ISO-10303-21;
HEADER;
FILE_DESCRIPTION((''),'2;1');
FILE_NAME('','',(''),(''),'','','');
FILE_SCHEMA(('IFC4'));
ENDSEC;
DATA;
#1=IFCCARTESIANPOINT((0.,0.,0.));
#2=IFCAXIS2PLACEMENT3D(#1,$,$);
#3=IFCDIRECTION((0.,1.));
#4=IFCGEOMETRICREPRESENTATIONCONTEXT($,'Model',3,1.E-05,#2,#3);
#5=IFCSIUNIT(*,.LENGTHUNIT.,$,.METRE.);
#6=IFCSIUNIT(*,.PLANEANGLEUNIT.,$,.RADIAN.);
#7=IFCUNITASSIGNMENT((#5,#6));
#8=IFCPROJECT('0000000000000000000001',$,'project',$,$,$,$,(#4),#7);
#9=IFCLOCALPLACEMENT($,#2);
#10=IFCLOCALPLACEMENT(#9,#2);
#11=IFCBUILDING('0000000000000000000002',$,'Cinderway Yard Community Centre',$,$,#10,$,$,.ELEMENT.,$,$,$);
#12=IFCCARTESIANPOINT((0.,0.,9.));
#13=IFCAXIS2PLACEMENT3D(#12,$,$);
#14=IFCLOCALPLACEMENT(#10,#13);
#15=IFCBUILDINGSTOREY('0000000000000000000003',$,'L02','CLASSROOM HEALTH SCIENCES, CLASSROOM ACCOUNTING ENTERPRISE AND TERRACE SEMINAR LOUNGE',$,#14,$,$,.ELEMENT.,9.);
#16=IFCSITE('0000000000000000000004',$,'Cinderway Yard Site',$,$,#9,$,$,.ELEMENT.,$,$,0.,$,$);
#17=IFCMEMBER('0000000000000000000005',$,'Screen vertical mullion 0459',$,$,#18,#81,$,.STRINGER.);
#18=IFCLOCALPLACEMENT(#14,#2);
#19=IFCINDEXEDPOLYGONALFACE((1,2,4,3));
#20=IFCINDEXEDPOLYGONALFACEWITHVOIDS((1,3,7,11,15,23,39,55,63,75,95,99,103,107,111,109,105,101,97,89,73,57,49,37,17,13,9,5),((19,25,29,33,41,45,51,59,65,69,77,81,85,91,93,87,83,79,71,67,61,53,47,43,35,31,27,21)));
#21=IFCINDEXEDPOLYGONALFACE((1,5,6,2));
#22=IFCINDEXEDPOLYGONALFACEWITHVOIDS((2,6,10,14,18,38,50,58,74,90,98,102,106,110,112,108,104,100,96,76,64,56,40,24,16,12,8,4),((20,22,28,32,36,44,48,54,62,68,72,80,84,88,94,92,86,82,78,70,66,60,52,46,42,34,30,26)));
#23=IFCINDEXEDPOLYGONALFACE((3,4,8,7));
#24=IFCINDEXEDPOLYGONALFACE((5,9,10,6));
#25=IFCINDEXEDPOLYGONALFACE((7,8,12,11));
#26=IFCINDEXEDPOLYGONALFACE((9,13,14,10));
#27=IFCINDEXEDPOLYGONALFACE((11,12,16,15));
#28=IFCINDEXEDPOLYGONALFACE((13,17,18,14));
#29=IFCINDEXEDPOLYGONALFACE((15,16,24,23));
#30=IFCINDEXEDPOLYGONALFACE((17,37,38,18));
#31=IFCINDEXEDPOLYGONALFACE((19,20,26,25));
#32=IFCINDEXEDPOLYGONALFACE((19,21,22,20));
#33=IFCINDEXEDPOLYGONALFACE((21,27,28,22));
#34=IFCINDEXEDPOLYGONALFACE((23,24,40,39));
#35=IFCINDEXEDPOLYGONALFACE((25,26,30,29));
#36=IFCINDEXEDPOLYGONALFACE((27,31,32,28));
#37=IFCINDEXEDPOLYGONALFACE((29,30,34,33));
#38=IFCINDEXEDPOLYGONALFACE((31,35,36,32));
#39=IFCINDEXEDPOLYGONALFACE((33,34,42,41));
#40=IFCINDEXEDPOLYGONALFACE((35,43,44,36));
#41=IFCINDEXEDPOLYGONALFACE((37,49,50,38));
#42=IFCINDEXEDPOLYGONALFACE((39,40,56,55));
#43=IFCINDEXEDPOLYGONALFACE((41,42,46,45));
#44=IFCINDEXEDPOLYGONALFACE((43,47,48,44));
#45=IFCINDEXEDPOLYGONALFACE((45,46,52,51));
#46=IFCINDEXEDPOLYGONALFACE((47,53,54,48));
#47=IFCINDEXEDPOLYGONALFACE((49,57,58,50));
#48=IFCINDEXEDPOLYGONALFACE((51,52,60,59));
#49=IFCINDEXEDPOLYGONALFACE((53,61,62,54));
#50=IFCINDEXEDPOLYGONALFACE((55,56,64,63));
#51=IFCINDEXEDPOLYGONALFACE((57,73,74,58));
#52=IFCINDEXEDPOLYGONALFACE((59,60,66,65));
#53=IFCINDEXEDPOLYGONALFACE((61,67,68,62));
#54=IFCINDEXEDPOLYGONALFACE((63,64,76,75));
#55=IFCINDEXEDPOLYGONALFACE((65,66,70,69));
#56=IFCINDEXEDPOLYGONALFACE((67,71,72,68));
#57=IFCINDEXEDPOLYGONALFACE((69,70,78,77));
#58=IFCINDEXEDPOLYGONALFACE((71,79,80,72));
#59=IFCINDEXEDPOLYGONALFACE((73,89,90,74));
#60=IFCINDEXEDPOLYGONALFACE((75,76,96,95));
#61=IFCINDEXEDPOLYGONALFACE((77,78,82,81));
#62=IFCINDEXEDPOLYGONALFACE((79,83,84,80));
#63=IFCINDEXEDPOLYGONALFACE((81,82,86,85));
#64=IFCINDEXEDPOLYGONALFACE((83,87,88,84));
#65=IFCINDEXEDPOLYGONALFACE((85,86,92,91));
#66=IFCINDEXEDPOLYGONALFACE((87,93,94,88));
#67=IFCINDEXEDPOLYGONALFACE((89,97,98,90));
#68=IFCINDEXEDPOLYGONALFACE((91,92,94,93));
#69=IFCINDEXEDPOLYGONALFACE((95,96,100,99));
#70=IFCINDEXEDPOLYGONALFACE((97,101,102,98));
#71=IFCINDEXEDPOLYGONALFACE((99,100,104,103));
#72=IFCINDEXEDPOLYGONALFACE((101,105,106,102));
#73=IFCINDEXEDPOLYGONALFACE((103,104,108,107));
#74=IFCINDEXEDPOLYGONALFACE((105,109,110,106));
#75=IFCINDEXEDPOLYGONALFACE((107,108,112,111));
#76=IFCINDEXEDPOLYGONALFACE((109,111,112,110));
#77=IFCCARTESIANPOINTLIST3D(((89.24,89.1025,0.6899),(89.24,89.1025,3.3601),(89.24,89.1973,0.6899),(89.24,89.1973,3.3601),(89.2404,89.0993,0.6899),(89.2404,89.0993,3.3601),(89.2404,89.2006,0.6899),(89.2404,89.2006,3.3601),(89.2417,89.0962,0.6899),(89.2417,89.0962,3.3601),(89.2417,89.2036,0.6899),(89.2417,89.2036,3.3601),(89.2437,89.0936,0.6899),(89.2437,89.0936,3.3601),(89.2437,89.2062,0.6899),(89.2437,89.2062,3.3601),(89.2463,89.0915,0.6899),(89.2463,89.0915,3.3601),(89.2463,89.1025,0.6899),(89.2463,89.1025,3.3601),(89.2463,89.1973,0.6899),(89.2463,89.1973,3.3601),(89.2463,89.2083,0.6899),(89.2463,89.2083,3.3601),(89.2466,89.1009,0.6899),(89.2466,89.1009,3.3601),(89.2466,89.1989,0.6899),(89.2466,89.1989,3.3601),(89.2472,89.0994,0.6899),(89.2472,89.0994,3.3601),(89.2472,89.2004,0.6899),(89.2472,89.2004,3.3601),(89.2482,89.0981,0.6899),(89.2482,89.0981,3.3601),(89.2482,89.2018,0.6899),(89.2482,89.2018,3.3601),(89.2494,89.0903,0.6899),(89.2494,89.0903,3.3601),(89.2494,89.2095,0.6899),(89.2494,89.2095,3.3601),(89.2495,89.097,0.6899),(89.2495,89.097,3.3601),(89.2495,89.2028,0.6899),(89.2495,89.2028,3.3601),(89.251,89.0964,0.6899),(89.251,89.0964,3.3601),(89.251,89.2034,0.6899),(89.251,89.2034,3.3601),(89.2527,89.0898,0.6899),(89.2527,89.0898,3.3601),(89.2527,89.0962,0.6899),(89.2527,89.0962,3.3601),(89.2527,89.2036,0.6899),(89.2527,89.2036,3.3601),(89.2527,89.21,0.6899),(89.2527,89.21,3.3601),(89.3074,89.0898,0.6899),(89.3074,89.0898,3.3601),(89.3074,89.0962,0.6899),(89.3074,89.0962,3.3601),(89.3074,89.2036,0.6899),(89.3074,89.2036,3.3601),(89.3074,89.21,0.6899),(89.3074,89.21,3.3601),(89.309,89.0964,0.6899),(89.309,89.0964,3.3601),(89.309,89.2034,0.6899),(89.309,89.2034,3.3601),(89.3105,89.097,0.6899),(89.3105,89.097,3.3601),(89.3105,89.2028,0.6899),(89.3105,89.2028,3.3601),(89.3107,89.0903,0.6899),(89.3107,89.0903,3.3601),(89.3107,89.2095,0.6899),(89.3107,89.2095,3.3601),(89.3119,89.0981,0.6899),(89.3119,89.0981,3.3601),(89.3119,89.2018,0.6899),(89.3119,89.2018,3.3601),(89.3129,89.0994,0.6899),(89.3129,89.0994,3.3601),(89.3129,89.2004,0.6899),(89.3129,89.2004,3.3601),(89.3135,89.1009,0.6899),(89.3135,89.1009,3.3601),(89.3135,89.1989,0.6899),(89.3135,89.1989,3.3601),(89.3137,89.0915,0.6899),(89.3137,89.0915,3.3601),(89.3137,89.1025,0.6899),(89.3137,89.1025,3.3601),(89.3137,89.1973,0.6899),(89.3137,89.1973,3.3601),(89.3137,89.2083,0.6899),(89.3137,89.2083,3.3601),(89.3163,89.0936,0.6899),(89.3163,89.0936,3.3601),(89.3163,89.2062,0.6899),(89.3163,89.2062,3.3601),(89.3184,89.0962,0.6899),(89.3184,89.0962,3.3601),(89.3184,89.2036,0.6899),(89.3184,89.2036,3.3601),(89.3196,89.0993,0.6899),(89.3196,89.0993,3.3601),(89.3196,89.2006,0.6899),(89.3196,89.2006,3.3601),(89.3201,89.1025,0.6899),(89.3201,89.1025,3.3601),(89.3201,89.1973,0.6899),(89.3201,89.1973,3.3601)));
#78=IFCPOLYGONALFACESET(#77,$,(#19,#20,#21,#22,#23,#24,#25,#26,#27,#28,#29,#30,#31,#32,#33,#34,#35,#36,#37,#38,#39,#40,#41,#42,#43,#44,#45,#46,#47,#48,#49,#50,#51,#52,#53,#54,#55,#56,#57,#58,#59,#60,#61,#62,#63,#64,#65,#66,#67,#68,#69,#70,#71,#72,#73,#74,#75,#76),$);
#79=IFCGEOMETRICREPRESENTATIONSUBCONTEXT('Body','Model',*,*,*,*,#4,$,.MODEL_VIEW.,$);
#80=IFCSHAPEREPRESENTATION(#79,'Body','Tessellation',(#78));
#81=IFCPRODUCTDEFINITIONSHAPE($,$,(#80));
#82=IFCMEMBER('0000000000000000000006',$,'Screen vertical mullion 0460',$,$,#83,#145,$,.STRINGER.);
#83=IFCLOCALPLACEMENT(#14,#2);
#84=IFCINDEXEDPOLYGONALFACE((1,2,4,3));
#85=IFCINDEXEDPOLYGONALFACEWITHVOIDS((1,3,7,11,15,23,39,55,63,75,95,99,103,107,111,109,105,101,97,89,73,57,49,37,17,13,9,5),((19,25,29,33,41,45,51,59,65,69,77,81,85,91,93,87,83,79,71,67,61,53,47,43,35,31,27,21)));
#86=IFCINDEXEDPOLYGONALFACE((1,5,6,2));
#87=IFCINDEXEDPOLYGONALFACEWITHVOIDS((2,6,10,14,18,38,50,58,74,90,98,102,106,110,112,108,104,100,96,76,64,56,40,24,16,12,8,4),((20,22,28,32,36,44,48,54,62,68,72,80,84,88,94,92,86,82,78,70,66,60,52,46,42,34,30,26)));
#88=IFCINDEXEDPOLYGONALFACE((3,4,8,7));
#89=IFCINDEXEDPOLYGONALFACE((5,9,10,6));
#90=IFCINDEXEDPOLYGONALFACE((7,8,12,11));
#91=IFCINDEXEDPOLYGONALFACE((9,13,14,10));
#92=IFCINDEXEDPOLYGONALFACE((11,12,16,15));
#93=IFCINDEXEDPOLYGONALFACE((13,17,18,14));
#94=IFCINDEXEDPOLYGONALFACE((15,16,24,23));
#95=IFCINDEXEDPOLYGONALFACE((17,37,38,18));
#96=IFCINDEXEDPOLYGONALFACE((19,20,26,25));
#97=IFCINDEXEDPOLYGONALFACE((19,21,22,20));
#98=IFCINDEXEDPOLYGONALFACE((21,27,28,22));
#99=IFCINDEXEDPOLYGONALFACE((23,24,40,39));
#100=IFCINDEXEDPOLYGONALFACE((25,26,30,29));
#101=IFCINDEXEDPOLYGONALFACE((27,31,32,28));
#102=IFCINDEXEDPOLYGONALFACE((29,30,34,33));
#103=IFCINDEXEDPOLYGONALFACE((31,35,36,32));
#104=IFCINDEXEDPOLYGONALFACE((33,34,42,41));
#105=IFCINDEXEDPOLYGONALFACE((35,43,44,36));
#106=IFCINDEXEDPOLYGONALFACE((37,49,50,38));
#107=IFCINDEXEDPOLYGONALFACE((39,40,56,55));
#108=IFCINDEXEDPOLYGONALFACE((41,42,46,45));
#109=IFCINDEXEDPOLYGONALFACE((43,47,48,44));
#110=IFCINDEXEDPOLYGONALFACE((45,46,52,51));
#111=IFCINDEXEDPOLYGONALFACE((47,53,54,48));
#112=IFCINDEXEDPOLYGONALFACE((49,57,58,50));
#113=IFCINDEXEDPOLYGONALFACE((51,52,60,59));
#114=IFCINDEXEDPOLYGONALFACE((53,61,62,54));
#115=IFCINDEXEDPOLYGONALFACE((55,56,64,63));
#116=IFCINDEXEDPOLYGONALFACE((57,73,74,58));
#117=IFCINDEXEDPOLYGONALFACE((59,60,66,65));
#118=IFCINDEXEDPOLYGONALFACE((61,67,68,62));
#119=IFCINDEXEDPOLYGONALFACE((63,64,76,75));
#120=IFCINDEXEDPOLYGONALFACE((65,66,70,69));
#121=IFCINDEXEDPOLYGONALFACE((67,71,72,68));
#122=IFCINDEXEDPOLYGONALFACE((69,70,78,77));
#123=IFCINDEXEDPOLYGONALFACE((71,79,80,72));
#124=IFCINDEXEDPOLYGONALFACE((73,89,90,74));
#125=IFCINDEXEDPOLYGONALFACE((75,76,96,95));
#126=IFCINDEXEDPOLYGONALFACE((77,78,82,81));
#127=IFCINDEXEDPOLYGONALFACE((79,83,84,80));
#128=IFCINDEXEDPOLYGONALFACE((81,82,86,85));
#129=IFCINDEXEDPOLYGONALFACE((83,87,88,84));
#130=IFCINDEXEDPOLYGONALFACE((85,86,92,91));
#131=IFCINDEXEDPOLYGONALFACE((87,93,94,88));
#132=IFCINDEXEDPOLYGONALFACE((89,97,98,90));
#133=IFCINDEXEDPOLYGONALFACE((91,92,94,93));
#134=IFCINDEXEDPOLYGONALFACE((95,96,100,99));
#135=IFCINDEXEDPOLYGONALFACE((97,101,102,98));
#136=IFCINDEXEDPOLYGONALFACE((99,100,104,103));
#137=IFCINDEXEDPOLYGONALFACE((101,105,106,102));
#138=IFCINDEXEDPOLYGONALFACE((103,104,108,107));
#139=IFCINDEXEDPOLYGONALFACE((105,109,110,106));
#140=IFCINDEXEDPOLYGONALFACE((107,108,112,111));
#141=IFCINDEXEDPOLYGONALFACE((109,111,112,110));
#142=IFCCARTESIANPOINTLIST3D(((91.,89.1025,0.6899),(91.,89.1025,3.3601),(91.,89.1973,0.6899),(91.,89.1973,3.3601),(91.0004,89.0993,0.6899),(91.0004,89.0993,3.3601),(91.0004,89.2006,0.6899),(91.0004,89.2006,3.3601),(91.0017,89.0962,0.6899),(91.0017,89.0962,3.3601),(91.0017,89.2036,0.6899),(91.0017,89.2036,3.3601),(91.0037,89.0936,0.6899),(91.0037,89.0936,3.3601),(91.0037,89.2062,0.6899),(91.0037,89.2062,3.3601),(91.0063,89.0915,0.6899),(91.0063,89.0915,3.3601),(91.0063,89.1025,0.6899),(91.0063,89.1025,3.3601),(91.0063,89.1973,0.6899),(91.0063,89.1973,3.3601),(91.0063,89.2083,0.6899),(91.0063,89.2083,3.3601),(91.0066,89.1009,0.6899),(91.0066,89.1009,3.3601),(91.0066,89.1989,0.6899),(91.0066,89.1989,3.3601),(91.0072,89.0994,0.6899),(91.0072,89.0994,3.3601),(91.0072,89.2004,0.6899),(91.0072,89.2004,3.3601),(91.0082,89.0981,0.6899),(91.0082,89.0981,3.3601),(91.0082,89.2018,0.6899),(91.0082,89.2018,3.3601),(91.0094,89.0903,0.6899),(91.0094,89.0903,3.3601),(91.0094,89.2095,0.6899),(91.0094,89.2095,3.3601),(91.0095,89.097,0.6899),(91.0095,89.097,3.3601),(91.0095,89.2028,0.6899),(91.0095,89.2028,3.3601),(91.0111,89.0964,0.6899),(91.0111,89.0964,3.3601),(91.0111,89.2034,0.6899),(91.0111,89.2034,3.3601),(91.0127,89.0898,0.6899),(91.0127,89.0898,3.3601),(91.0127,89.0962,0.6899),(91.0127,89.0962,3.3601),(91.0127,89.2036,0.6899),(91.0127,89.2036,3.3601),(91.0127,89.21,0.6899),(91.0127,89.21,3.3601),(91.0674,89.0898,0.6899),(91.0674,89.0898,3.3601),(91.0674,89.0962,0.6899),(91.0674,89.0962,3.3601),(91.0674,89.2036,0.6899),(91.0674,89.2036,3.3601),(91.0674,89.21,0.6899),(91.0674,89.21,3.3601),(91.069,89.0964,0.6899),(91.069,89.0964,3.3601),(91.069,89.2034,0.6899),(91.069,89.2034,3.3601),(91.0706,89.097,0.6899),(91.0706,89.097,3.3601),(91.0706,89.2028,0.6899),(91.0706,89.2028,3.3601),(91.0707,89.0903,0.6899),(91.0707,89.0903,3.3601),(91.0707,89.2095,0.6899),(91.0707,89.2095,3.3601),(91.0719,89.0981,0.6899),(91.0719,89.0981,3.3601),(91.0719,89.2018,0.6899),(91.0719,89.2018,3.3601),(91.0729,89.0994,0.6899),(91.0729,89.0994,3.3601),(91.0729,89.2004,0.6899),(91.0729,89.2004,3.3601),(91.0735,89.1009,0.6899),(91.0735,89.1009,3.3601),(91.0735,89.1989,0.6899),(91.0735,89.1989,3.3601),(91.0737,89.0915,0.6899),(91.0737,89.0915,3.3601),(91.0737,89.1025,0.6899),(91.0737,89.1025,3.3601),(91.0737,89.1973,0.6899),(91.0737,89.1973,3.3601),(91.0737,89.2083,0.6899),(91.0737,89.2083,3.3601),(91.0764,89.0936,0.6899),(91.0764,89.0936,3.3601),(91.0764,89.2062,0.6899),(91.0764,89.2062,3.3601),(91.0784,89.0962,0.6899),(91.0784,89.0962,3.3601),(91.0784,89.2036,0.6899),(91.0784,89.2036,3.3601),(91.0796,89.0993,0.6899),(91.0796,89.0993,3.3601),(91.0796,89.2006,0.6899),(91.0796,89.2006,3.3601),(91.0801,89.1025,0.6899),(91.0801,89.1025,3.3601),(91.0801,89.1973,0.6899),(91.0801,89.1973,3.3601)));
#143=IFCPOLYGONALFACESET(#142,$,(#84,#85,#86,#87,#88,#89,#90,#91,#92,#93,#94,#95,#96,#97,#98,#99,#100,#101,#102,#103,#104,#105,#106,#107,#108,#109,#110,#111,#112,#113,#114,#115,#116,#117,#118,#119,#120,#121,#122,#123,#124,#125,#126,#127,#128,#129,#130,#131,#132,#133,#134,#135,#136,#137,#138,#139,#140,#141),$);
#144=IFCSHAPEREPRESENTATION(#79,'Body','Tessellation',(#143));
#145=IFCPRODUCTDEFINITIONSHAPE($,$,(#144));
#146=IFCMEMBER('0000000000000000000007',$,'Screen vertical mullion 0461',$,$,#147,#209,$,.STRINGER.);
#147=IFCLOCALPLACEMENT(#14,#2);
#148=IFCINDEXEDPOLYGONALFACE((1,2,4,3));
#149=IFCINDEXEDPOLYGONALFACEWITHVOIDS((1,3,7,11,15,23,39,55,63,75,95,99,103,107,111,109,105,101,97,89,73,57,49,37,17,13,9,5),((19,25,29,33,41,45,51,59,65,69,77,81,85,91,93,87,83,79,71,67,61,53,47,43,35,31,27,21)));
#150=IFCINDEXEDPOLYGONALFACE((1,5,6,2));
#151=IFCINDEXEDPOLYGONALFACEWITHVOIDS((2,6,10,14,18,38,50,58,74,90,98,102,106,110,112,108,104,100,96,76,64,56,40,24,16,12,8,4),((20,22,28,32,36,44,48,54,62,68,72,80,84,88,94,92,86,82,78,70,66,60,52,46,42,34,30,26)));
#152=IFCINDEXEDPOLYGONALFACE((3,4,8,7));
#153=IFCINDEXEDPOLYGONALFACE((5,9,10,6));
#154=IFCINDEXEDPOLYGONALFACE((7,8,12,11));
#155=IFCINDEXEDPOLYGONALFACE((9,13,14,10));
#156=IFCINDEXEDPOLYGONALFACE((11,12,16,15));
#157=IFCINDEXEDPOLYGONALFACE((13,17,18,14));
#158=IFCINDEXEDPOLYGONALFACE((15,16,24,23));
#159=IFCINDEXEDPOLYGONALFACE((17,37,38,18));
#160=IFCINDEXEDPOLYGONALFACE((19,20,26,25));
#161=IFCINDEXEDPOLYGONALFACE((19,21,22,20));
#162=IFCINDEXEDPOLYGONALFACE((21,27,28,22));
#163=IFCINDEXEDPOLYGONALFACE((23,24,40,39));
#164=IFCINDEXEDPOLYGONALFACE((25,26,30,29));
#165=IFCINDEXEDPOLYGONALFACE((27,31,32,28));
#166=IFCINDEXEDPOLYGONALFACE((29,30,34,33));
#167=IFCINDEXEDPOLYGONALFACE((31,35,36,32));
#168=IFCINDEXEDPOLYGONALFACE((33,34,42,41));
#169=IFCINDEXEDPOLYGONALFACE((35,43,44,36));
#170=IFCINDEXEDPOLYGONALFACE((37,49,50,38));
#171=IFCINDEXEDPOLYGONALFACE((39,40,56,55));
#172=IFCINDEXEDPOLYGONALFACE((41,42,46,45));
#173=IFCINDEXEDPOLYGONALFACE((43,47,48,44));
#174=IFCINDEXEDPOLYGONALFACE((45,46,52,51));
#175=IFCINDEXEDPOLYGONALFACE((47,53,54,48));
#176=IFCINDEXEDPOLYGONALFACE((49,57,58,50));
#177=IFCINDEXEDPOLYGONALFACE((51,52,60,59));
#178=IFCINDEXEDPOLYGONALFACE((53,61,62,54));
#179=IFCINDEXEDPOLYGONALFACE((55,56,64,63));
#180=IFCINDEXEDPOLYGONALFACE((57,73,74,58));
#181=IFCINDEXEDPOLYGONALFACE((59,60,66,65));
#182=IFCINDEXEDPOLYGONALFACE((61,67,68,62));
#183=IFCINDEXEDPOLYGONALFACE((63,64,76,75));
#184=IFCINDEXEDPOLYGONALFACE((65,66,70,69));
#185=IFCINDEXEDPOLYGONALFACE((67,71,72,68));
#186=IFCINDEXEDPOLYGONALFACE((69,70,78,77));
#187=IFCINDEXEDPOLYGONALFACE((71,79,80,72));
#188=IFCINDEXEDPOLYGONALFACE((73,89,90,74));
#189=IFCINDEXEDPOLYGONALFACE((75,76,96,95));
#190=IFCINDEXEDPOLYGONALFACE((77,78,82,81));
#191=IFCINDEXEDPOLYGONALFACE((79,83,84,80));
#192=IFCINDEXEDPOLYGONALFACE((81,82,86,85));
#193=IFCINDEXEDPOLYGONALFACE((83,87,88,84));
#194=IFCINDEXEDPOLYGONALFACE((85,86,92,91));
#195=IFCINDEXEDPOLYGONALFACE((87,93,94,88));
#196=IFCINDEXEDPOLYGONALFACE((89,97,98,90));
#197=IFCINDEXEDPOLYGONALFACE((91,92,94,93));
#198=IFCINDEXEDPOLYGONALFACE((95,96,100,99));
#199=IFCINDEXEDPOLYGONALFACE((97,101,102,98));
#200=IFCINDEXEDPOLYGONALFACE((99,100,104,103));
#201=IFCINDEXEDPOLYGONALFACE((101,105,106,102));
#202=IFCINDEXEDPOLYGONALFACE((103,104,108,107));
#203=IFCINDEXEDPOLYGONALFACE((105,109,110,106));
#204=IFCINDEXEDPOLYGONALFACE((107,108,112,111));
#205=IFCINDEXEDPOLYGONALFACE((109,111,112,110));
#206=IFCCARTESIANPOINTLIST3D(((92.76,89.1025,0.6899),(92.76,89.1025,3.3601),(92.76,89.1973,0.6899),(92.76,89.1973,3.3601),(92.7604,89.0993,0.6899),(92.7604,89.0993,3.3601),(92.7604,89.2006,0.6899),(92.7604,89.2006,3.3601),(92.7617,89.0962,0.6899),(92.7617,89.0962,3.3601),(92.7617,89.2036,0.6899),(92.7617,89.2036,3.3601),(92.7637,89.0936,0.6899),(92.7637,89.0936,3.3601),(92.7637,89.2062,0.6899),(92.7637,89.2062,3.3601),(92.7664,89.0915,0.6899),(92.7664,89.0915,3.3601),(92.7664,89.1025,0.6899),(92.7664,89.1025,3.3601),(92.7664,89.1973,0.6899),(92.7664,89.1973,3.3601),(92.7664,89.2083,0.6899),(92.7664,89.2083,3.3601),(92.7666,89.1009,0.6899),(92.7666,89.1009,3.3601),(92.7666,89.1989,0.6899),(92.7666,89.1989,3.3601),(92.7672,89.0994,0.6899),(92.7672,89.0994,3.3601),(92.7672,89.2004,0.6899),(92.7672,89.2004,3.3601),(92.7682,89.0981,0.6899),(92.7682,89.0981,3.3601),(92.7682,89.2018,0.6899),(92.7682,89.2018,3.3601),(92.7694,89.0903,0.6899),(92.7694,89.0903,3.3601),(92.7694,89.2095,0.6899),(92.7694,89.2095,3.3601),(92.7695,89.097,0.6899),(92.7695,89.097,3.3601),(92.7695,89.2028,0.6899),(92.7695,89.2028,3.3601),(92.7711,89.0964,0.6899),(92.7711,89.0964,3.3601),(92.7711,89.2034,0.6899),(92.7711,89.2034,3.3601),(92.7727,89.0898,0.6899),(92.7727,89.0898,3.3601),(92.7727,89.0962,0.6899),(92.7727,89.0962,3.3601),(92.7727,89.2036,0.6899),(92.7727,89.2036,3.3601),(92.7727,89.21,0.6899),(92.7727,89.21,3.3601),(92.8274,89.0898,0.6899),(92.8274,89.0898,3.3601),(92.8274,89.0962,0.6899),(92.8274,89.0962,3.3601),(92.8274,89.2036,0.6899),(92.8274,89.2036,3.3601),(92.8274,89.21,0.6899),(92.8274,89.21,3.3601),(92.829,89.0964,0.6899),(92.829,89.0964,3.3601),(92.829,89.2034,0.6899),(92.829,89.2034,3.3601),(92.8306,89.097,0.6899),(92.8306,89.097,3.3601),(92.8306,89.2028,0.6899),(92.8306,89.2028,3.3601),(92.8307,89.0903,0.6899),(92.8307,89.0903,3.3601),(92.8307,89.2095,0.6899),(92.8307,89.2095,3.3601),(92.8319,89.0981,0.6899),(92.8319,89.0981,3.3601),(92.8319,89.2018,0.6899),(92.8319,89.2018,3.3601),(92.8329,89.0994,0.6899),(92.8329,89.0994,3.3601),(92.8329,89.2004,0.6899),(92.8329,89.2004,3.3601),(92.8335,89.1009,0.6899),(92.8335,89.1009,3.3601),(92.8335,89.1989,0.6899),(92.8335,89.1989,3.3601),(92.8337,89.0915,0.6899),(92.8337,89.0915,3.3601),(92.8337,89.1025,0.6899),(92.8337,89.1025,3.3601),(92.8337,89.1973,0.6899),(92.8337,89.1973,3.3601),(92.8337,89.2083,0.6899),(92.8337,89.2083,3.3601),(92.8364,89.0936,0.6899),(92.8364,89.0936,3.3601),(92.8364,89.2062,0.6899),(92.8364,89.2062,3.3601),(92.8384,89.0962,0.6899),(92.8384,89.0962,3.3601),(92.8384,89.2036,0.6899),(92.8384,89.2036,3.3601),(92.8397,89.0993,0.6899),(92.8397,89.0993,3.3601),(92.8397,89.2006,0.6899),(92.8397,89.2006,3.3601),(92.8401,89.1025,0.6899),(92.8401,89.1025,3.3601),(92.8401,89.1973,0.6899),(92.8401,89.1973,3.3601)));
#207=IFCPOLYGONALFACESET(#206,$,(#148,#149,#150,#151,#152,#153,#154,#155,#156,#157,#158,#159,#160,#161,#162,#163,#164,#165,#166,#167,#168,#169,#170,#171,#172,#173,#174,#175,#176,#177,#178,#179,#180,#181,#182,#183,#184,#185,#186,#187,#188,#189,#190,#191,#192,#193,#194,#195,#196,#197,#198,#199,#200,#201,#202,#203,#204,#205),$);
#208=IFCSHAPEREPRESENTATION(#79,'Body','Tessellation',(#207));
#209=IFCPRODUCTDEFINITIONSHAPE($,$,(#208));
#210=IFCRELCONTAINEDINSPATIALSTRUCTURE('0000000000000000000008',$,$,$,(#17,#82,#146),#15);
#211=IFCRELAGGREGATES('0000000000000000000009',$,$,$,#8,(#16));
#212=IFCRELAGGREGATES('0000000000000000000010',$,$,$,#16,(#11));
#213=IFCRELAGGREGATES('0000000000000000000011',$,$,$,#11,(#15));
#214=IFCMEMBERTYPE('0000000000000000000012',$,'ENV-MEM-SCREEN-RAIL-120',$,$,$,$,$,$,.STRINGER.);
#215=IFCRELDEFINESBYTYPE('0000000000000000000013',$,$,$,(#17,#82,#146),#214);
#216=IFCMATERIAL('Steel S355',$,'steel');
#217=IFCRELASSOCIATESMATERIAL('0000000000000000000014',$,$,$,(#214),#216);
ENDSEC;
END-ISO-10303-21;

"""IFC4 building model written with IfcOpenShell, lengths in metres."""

from ifc_helpers import new_model, si_unit, direction, frame, origin, origin_2d, place, context, subcontext, project, spatial, hollow_rectangle, extrude, material, material_profile, profile_set, type_object, element, save


model = new_model("IFC4")

# Units and contexts
model_context = context("Model", 3, precision=1e-05, world=origin(), true_north=direction((0.0, 1.0)))
body_context = subcontext(model_context, "Body", "Model", "MODEL_VIEW")
ifc_project = project(units=[si_unit("LENGTHUNIT", "METRE"), si_unit("PLANEANGLEUNIT", "RADIAN")], contexts=[model_context])

# Site, building, storey
site_placement = place(None, origin())
site = spatial("IfcSite", under=ifc_project, at=site_placement, Name="Cinderway Yard Site", CompositionType="ELEMENT", RefElevation=0.0)
building_placement = place(site_placement, origin())
building = spatial("IfcBuilding", under=site, at=building_placement, Name="Cinderway Yard Community Centre", CompositionType="ELEMENT")
storey_placement = place(building_placement, frame((0.0, 0.0, 9.0)))
storey = spatial("IfcBuildingStorey", under=building, at=storey_placement, Name="L02", Description="CLASSROOM HEALTH SCIENCES, CLASSROOM ACCOUNTING ENTERPRISE AND TERRACE SEMINAR LOUNGE", CompositionType="ELEMENT", Elevation=9.0)

# Members
ifc_material_1 = material(Name="Steel S355", Category="steel")
ifc_material_profile_1 = material_profile(ifc_material_1, hollow_rectangle(XDim=0.0801, YDim=0.1201, WallThickness=0.0063, InnerFilletRadius=0.0063, OuterFilletRadius=0.0127, at=origin_2d()), Name="Steel S355")
ifc_profile_set_1 = profile_set([ifc_material_profile_1], Name="Steel S355")
member_type_1 = type_object("IfcMemberType", Name="ENV-MEM-SCREEN-RAIL-120", PredefinedType="STRINGER", material=ifc_profile_set_1)
for number, where, z_axis, x_axis, name in (
    (1, (89.28, 89.1499, 0.6899), (0.0, 0.0, 1.0), (1.0, 0.0, 0.0), "Screen vertical mullion 0459"),
    (2, (91.04, 89.1499, 0.6899), (0.0, 0.0, 1.0), (1.0, 0.0, 0.0), "Screen vertical mullion 0460"),
    (3, (92.8, 89.1499, 0.6899), (0.0, 0.0, 1.0), (1.0, 0.0, 0.0), "Screen vertical mullion 0461"),
):
    element("IfcMember", number, at=place(storey_placement, frame(where, z_axis=z_axis, x_axis=x_axis)), inside=storey, type_object=member_type_1, Name=name, PredefinedType="STRINGER", context=body_context, shape_type="SweptSolid", body=[
        extrude(hollow_rectangle(XDim=0.0801, YDim=0.1201, WallThickness=0.0063, InnerFilletRadius=0.0063, OuterFilletRadius=0.0127, at=origin_2d()), origin(), (0.0, 0.0, 1.0), 2.6702),
    ])

save(model, "model.ifc")
